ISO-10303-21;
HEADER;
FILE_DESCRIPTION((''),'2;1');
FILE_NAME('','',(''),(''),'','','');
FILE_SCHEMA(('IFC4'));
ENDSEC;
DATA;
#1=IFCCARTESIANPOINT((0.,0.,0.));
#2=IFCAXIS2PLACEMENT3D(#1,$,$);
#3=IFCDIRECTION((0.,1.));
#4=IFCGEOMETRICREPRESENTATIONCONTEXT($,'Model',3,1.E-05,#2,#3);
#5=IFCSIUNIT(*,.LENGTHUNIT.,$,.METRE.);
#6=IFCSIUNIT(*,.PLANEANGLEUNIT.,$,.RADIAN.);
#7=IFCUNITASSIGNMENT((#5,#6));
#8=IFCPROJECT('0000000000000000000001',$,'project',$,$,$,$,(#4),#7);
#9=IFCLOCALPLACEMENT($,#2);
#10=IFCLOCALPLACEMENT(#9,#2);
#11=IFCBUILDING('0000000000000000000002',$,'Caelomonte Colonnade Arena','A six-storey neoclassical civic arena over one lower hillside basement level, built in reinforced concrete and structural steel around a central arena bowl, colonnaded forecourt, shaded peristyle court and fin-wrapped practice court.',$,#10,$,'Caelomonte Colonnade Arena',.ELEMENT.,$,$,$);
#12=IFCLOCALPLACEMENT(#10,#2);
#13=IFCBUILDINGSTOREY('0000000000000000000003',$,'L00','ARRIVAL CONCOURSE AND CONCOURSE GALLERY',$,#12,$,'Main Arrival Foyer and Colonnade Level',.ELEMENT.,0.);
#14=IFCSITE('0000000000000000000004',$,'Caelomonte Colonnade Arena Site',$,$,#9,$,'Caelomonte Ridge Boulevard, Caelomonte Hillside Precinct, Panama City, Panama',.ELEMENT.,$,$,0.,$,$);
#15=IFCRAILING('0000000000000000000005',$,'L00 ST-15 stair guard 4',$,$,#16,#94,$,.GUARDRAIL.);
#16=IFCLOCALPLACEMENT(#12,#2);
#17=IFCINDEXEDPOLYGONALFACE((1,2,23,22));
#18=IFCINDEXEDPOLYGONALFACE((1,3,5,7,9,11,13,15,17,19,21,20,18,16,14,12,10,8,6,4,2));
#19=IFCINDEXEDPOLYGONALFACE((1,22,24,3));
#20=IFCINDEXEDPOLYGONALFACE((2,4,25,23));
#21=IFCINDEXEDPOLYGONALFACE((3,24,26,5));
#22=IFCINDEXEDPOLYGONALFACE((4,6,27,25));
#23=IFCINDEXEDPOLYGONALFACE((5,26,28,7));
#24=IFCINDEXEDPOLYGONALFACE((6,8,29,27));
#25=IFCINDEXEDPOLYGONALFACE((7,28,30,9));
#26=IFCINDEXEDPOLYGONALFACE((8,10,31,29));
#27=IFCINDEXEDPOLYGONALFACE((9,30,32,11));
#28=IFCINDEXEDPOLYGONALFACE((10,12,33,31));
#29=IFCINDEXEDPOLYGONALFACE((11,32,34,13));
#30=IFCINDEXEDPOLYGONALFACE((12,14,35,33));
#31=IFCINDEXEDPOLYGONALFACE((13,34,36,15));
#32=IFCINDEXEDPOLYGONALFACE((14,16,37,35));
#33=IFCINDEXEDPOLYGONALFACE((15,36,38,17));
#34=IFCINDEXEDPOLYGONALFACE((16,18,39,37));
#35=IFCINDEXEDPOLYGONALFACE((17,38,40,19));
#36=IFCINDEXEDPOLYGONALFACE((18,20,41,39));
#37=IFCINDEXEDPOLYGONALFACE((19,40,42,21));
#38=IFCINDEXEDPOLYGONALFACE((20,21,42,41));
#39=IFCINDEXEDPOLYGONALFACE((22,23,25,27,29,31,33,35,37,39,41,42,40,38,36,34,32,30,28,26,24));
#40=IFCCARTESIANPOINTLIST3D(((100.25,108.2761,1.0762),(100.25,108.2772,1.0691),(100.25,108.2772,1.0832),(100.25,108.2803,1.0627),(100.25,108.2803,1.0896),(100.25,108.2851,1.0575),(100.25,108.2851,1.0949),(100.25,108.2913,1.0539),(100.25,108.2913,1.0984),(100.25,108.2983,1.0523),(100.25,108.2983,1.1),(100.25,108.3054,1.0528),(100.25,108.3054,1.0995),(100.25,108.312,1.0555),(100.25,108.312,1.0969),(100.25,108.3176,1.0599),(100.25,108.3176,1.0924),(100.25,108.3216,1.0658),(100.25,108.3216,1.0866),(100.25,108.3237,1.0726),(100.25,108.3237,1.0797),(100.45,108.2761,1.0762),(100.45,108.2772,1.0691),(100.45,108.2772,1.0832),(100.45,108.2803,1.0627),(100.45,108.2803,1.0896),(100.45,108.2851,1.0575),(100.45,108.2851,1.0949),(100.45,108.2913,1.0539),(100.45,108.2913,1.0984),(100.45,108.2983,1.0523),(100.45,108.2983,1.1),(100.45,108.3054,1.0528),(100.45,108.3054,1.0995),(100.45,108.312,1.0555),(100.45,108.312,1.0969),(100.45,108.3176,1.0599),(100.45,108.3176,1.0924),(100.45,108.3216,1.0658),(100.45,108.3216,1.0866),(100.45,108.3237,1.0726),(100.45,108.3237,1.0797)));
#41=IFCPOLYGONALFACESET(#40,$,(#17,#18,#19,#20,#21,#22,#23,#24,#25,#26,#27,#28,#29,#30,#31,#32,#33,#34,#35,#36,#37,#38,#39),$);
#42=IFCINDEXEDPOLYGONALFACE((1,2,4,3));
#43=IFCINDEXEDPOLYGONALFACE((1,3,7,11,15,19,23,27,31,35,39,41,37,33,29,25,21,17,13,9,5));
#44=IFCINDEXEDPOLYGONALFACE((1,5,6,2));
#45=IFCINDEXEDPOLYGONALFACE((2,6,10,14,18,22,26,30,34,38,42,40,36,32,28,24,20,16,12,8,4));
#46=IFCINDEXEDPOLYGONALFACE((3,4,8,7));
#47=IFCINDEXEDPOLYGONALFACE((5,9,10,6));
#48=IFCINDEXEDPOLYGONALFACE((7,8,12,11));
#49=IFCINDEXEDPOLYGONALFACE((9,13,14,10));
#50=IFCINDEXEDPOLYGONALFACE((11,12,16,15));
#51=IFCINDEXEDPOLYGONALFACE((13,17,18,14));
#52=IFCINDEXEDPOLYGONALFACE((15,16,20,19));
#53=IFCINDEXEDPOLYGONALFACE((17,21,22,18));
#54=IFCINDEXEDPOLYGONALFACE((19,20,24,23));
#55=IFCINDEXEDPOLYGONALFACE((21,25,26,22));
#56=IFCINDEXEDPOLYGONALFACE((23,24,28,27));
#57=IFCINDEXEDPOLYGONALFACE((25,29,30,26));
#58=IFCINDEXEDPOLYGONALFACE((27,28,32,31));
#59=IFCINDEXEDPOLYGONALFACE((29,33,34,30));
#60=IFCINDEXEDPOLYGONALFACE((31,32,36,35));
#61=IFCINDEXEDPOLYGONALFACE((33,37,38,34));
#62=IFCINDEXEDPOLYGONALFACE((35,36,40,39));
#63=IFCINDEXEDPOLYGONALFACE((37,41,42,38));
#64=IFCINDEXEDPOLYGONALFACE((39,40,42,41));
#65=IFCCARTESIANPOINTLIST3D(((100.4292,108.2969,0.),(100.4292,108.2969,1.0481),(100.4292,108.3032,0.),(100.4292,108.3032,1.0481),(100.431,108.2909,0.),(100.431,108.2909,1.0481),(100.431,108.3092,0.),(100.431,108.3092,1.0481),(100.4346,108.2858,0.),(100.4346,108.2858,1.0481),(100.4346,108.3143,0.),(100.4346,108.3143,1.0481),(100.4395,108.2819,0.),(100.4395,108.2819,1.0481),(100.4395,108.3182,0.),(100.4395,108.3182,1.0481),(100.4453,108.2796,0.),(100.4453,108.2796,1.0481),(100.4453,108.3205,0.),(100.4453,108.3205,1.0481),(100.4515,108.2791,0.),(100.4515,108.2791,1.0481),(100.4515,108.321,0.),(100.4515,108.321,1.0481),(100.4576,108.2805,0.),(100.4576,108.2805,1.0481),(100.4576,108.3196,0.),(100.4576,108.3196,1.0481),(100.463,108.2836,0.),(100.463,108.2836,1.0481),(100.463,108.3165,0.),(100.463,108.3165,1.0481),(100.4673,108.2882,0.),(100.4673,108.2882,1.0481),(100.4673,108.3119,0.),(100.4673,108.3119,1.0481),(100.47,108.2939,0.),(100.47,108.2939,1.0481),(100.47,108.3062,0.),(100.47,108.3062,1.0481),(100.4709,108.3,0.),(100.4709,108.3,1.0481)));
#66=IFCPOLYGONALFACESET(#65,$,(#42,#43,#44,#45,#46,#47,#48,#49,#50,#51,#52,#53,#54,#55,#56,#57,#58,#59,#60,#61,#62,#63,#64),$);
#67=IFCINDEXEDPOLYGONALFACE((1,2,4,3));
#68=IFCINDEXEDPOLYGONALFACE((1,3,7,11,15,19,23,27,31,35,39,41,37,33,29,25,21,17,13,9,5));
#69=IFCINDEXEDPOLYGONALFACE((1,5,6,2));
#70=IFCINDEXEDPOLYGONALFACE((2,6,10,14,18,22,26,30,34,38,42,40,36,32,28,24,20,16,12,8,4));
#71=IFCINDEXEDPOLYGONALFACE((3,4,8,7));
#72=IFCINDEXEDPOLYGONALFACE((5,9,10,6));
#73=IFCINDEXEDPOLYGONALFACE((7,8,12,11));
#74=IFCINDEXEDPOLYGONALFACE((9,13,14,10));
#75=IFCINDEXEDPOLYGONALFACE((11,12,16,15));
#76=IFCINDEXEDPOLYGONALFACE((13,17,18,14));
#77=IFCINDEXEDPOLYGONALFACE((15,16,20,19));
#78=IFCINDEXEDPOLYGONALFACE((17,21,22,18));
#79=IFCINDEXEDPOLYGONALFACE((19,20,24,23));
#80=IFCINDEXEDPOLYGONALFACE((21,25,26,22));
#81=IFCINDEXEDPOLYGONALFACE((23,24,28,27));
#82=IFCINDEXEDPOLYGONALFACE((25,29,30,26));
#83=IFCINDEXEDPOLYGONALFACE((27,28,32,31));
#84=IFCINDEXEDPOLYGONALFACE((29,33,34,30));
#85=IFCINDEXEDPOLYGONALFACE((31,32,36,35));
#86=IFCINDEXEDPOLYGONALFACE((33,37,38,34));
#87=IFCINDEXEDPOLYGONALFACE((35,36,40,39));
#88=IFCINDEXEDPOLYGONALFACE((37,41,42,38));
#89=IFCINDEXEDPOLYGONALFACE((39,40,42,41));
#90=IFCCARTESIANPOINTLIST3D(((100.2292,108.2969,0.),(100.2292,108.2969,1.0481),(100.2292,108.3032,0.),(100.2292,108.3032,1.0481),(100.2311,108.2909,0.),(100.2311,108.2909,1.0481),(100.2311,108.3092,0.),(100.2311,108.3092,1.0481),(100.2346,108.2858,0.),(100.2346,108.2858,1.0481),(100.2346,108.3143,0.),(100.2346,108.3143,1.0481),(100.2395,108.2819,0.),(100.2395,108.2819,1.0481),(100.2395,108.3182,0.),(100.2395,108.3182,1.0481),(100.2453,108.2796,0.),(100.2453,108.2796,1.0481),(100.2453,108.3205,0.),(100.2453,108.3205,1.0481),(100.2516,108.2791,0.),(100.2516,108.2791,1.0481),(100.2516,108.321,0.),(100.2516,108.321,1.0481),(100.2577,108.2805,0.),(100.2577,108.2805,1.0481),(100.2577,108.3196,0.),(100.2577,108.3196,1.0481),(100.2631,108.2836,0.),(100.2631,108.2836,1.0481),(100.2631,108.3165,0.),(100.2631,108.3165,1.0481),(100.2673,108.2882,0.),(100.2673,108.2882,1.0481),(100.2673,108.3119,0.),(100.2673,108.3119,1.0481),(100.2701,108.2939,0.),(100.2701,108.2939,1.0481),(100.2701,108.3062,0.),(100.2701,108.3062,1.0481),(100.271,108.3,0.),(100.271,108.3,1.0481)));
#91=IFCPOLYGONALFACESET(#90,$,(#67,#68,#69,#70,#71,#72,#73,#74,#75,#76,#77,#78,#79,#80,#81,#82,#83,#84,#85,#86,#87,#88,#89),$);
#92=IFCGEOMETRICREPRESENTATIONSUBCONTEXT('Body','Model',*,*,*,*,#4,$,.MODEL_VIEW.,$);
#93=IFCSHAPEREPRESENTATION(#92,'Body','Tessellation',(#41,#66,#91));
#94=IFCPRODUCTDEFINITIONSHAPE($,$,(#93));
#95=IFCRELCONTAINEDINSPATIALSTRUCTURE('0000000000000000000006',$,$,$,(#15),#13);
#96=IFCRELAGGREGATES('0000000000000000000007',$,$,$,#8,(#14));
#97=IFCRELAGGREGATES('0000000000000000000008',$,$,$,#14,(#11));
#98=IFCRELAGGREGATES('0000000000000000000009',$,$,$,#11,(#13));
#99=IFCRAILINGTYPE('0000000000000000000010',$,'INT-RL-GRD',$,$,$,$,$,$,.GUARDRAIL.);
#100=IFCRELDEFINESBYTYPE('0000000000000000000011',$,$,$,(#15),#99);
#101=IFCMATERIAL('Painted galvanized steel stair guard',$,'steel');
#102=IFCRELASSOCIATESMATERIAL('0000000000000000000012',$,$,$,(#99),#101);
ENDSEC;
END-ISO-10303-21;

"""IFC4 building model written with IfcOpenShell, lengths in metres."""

from ifc_helpers import new_model, si_unit, direction, frame, origin, origin_2d, place, context, subcontext, project, spatial, circle, extrude, material, type_object, element, save


model = new_model("IFC4")

# Units and contexts
model_context = context("Model", 3, precision=1e-05, world=origin(), true_north=direction((0.0, 1.0)))
body_context = subcontext(model_context, "Body", "Model", "MODEL_VIEW")
ifc_project = project(units=[si_unit("LENGTHUNIT", "METRE"), si_unit("PLANEANGLEUNIT", "RADIAN")], contexts=[model_context])

# Site, building, storey
site_placement = place(None, origin())
site = spatial("IfcSite", under=ifc_project, at=site_placement, Name="Caelomonte Colonnade Arena Site", LongName="Caelomonte Ridge Boulevard, Caelomonte Hillside Precinct, Panama City, Panama", CompositionType="ELEMENT", RefElevation=0.0)
building_placement = place(site_placement, origin())
building = spatial("IfcBuilding", under=site, at=building_placement, Name="Caelomonte Colonnade Arena", Description="A six-storey neoclassical civic arena over one lower hillside basement level, built in reinforced concrete and structural steel around a central arena bowl, colonnaded forecourt, shaded peristyle court and fin-wrapped practice court.", LongName="Caelomonte Colonnade Arena", CompositionType="ELEMENT")
storey_placement = place(building_placement, origin())
storey = spatial("IfcBuildingStorey", under=building, at=storey_placement, Name="L00", Description="ARRIVAL CONCOURSE AND CONCOURSE GALLERY", LongName="Main Arrival Foyer and Colonnade Level", CompositionType="ELEMENT", Elevation=0.0)

# Railing
ifc_material_1 = material(Name="Painted galvanized steel stair guard", Category="steel")
railing_type_1 = type_object("IfcRailingType", Name="INT-RL-GRD", PredefinedType="GUARDRAIL", material=ifc_material_1)
railing_1_placement = place(storey_placement, frame((100.45, 108.3, 0.0)))
element("IfcRailing", 1, at=railing_1_placement, inside=storey, type_object=railing_type_1, Name="L00 ST-15 stair guard 4", PredefinedType="GUARDRAIL", context=body_context, shape_type="SweptSolid", body=[
    extrude(circle(Radius=0.0239, at=origin_2d()), frame((0.0, 0.0, 1.0762), z_axis=(-1.0, 0.0, 0.0), x_axis=(0.0, -1.0, 0.0)), (0.0, 0.0, 1.0), 0.2),
    extrude(circle(Radius=0.021, at=origin_2d()), origin(), (0.0, 0.0, 1.0), 1.0481),
    extrude(circle(Radius=0.021, at=origin_2d()), frame((-0.2, 0.0, 0.0)), (0.0, 0.0, 1.0), 1.0481),
])

save(model, "model.ifc")
